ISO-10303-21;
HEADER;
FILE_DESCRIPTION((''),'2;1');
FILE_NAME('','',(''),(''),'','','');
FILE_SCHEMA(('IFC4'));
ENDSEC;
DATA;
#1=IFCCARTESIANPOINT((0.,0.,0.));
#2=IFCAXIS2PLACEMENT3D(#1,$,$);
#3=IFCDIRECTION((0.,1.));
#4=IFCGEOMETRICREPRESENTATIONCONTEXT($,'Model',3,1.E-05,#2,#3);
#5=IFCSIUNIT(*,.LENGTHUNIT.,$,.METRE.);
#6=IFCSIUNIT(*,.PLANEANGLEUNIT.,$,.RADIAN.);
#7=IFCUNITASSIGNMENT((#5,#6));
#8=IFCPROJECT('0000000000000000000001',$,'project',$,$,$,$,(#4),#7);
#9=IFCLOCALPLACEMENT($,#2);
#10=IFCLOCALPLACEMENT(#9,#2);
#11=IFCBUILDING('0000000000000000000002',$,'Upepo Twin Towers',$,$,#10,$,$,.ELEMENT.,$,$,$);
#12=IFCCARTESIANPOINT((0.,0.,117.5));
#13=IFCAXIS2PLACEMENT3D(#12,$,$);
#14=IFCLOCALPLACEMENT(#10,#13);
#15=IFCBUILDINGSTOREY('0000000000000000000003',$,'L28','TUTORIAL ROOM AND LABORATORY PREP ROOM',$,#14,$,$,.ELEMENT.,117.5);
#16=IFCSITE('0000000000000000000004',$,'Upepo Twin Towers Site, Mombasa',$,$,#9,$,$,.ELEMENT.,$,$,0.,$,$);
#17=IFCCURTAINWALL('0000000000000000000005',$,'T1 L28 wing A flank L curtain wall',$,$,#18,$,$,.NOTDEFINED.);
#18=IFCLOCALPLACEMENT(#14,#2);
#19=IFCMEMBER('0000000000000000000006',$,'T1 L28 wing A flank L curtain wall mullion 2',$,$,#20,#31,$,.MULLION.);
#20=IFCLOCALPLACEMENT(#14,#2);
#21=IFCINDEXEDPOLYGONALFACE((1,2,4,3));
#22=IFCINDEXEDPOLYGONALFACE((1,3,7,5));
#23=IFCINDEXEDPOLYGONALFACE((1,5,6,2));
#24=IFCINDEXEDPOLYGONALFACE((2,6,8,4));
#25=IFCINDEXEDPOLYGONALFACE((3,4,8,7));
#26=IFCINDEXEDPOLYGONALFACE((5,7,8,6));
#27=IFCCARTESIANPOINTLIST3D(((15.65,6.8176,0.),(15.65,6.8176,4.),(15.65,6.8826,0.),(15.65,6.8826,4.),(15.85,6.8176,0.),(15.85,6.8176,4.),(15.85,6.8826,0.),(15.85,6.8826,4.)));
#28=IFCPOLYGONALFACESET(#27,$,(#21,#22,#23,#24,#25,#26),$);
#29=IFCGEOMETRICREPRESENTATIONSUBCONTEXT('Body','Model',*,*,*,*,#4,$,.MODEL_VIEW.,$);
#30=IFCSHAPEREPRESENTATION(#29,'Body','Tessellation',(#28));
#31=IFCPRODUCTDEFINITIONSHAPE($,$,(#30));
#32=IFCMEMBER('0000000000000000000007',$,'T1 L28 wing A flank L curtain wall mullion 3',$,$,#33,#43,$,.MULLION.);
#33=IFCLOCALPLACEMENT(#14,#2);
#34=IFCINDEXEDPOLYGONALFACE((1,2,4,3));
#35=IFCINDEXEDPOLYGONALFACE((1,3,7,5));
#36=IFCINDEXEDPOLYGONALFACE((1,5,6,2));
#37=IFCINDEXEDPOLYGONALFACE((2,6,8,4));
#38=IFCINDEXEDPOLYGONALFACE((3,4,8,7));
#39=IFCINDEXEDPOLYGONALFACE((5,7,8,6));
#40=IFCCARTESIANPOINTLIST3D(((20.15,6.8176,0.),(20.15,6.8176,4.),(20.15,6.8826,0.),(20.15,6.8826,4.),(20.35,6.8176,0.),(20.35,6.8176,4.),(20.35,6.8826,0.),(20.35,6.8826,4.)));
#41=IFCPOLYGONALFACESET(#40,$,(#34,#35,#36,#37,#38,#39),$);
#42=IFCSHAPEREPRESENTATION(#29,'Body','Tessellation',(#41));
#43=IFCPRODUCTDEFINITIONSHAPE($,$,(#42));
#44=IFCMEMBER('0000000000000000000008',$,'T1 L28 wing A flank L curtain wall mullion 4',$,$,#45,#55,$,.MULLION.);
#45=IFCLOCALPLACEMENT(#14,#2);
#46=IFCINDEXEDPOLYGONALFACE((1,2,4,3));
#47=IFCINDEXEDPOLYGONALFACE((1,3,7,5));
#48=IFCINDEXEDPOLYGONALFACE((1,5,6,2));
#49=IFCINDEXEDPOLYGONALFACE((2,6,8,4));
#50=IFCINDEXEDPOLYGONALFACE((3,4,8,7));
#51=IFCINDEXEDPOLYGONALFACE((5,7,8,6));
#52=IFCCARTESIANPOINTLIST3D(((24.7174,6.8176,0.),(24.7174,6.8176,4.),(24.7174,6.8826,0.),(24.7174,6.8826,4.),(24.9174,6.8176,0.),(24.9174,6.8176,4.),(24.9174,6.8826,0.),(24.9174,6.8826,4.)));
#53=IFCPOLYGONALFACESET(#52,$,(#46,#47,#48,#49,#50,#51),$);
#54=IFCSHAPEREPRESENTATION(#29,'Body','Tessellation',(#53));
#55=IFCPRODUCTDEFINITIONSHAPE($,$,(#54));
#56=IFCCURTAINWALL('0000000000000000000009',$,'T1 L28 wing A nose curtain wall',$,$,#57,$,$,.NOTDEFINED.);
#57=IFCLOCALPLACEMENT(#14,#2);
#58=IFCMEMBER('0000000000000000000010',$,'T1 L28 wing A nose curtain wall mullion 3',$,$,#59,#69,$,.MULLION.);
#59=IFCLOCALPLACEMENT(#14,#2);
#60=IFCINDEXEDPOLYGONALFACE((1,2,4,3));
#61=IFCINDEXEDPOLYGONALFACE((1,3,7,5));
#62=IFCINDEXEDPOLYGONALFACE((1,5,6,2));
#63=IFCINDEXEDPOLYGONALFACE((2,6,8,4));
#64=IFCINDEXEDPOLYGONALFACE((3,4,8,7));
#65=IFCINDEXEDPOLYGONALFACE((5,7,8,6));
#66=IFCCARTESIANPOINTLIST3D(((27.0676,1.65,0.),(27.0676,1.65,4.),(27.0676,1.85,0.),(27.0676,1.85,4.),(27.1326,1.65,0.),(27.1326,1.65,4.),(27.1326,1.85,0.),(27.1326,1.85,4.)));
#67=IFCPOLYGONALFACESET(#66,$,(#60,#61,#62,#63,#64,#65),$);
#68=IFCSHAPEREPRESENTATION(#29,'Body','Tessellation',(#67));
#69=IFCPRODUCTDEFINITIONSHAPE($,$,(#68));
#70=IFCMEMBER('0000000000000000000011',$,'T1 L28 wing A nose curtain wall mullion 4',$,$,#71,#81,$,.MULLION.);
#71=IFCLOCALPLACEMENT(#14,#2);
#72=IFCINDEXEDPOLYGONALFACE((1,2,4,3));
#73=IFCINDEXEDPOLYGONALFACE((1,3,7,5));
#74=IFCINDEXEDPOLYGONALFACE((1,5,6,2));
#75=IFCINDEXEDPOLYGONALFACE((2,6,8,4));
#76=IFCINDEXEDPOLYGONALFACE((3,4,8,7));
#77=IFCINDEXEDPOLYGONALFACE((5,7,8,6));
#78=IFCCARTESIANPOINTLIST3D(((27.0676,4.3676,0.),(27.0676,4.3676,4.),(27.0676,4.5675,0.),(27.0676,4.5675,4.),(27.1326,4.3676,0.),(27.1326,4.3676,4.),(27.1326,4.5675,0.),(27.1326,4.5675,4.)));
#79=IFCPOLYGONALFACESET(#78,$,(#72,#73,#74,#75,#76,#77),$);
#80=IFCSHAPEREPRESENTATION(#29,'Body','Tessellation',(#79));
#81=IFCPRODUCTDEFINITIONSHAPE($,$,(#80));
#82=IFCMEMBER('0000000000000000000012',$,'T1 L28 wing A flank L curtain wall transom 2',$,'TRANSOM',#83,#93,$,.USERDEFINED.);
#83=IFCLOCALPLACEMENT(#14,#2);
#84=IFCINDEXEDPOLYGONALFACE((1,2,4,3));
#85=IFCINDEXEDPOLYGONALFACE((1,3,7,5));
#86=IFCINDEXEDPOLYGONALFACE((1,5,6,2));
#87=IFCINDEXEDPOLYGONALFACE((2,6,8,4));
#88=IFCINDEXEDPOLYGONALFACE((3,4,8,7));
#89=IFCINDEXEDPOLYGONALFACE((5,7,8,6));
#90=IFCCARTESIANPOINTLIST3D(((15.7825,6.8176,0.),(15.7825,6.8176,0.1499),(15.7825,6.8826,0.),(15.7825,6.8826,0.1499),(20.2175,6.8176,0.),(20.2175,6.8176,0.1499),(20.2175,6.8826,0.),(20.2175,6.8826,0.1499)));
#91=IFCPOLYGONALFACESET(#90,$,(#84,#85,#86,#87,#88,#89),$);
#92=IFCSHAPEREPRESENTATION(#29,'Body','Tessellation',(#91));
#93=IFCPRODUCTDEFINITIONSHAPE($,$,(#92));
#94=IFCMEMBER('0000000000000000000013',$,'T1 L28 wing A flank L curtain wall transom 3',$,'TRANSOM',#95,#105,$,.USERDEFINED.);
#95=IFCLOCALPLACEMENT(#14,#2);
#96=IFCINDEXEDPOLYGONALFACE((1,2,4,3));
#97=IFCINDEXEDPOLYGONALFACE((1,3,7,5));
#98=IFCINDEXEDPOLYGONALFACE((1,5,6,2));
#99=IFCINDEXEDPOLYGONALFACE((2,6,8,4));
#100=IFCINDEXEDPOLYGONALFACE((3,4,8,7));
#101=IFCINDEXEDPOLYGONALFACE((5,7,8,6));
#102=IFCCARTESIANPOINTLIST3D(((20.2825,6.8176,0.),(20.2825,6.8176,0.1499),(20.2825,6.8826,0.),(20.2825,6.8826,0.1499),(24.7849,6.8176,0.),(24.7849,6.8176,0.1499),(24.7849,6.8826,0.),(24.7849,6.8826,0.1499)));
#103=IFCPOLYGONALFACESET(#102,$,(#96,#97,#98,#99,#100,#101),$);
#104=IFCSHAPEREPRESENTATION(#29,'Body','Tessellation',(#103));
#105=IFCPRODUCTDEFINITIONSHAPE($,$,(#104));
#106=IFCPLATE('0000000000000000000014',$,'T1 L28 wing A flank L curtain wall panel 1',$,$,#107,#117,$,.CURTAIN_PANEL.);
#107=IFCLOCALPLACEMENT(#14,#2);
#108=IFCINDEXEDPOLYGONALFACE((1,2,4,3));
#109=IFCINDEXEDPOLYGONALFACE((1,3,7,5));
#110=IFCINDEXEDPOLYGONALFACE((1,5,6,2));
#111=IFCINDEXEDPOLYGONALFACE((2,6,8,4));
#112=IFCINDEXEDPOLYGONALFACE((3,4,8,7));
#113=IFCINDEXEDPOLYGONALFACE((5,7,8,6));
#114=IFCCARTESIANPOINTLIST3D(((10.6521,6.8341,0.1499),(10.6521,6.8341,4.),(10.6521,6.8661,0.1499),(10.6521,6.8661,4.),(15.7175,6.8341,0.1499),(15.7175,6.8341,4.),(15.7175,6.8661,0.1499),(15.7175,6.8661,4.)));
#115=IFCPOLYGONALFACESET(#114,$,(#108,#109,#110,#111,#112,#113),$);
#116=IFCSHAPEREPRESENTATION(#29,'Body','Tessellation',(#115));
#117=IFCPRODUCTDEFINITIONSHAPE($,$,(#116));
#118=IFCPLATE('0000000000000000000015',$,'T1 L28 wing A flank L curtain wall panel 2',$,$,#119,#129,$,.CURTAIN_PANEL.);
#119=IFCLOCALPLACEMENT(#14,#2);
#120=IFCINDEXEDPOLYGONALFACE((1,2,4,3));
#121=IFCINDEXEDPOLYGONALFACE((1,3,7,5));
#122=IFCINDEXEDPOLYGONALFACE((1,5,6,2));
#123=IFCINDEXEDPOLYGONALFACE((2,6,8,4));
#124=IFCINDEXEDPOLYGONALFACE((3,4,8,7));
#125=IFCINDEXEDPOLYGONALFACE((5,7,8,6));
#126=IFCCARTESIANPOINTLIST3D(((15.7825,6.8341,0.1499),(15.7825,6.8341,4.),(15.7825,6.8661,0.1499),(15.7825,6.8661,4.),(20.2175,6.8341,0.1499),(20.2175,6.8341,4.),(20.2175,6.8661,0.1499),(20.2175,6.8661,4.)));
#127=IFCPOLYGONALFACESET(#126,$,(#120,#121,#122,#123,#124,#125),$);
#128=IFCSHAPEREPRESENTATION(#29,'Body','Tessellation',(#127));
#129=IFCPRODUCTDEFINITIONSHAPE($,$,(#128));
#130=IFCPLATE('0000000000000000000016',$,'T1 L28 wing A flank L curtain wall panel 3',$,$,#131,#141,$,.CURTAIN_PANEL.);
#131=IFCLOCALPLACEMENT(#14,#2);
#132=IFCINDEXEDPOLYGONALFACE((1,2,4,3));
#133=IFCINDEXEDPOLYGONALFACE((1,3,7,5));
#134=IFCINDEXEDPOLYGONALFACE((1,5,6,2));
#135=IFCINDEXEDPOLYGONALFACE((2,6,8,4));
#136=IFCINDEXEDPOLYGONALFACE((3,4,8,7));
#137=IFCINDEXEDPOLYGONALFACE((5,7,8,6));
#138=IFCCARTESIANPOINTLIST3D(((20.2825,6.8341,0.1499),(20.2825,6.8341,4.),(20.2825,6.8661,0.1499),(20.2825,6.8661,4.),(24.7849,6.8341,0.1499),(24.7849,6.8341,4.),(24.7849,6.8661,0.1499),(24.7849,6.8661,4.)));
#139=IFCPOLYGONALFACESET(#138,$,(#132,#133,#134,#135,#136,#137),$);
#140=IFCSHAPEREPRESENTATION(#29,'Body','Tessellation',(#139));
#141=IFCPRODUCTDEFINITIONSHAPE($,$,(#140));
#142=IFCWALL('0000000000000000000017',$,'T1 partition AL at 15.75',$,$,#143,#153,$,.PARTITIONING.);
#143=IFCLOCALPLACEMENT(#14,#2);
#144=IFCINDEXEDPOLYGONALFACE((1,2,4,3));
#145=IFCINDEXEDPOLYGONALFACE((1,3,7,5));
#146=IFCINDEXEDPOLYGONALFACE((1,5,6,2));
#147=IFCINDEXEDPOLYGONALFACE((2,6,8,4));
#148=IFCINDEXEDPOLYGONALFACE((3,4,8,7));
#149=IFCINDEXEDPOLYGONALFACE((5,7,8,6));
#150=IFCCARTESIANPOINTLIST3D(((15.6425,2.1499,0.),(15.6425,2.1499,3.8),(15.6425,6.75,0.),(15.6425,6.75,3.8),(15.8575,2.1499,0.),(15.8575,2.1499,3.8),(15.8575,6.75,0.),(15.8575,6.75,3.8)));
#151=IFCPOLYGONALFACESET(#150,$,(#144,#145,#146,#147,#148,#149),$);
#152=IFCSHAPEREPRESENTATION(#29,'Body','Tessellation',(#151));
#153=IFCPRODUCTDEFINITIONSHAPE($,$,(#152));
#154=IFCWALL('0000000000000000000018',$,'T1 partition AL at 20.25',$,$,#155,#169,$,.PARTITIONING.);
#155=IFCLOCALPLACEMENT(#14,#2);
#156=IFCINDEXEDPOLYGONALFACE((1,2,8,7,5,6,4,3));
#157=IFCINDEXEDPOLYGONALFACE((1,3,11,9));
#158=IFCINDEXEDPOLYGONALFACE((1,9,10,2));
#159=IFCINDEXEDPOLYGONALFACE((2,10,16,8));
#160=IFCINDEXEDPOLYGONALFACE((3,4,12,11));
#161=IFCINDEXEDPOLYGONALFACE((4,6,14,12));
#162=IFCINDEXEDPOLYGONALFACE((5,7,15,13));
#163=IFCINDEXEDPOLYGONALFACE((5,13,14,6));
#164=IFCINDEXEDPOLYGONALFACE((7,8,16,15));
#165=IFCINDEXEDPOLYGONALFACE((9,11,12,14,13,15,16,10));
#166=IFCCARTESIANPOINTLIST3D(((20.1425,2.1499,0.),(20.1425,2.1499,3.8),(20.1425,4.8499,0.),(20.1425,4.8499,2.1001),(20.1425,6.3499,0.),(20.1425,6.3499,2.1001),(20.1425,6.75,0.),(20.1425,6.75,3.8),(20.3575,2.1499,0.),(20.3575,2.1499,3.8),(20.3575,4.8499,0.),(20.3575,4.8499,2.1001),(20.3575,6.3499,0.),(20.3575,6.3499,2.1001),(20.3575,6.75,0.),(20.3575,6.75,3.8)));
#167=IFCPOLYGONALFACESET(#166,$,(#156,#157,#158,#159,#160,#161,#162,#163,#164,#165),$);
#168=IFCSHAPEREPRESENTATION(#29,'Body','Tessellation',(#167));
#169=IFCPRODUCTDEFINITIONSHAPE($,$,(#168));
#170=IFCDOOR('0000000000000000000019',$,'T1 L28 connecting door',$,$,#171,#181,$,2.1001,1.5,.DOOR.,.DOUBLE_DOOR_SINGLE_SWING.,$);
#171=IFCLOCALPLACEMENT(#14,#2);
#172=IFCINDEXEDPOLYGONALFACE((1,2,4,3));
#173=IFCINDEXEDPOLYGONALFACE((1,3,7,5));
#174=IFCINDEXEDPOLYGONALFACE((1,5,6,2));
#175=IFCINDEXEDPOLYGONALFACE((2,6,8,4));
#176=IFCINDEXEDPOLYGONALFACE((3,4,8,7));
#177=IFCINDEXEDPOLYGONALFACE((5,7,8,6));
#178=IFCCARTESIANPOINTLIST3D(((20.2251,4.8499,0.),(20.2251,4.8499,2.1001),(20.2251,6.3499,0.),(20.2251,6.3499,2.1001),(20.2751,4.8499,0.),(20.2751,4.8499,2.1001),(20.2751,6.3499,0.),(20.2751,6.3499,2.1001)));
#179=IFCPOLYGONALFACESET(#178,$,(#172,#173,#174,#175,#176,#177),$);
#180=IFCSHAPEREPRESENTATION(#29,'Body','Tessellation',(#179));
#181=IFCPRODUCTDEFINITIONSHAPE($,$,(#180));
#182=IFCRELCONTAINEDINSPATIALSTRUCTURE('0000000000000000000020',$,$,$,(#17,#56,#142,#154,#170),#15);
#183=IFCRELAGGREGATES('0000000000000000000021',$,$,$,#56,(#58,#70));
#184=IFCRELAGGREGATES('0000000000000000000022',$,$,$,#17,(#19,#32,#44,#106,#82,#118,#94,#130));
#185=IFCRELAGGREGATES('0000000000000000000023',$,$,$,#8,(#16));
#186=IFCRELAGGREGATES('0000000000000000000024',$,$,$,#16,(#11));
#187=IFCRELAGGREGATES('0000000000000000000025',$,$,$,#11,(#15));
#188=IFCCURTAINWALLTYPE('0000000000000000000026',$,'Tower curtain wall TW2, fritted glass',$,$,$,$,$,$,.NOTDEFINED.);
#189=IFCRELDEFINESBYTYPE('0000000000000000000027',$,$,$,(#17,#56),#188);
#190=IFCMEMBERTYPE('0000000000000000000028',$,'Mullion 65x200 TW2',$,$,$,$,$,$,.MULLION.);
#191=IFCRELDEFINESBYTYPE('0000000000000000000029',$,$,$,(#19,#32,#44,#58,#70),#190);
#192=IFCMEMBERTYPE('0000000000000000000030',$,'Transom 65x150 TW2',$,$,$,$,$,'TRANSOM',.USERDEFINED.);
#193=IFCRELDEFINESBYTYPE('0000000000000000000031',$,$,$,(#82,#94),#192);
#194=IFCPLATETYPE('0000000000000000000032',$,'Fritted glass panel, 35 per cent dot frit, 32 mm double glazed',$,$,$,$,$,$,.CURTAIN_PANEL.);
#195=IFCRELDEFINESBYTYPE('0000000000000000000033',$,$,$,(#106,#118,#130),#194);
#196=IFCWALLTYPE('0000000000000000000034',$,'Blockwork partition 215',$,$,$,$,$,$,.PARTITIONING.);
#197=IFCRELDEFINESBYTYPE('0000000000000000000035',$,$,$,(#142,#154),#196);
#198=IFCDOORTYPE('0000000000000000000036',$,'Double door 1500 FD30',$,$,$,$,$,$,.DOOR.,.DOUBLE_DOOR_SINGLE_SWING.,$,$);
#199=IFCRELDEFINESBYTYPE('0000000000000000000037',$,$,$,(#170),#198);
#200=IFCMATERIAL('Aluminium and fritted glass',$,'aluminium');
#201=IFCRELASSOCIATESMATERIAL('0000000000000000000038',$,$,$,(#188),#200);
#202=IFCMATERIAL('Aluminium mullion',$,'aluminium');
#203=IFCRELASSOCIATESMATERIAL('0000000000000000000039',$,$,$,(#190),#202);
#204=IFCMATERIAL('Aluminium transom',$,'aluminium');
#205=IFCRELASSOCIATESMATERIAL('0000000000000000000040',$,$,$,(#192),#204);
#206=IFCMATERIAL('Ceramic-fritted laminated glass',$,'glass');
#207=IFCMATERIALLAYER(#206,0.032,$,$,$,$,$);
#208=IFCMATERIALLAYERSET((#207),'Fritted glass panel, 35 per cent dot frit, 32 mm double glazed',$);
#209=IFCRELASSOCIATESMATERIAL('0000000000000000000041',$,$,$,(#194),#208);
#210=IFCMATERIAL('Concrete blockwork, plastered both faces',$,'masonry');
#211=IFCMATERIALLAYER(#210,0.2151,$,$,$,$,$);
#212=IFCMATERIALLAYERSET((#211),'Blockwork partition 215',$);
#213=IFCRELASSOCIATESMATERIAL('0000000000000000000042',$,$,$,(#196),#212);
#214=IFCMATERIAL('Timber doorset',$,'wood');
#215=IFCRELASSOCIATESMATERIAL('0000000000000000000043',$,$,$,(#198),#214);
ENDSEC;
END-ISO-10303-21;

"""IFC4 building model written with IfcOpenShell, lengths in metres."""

from ifc_helpers import new_model, si_unit, direction, frame, frame_2d, origin, origin_2d, place, context, subcontext, project, spatial, rectangle, extrude, material, layer, layer_set, material_profile, profile_set, type_object, element, fill, aggregate, save


model = new_model("IFC4")

# Units and contexts
model_context = context("Model", 3, precision=1e-05, world=origin(), true_north=direction((0.0, 1.0)))
body_context = subcontext(model_context, "Body", "Model", "MODEL_VIEW")
ifc_project = project(units=[si_unit("LENGTHUNIT", "METRE"), si_unit("PLANEANGLEUNIT", "RADIAN")], contexts=[model_context])

# Site, building, storey
site_placement = place(None, origin())
site = spatial("IfcSite", under=ifc_project, at=site_placement, Name="Upepo Twin Towers Site, Mombasa", CompositionType="ELEMENT", RefElevation=0.0)
building_placement = place(site_placement, origin())
building = spatial("IfcBuilding", under=site, at=building_placement, Name="Upepo Twin Towers", CompositionType="ELEMENT")
storey_placement = place(building_placement, frame((0.0, 0.0, 117.5)))
storey = spatial("IfcBuildingStorey", under=building, at=storey_placement, Name="L28", Description="TUTORIAL ROOM AND LABORATORY PREP ROOM", CompositionType="ELEMENT", Elevation=117.5)

# Curtain walls, members
ifc_material_1 = material(Name="Aluminium and fritted glass", Category="aluminium")
curtain_wall_type = type_object("IfcCurtainWallType", Name="Tower curtain wall TW2, fritted glass", PredefinedType="NOTDEFINED", material=ifc_material_1)
curtain_wall_1_placement = place(storey_placement, origin())
curtain_wall_1 = element("IfcCurtainWall", 1, at=curtain_wall_1_placement, inside=storey, type_object=curtain_wall_type, Name="T1 L28 wing A flank L curtain wall", PredefinedType="NOTDEFINED")
ifc_material_2 = material(Name="Aluminium mullion", Category="aluminium")
ifc_material_profile_1 = material_profile(ifc_material_2, rectangle(XDim=0.0649, YDim=0.2, at=origin_2d()), Name="MULLION 65x200")
ifc_profile_set_1 = profile_set([ifc_material_profile_1], Name="Aluminium mullion")
member_type_1 = type_object("IfcMemberType", Name="Mullion 65x200 TW2", PredefinedType="MULLION", material=ifc_profile_set_1)
member_1_placement = place(storey_placement, frame((15.75, 6.8501, 0.0), z_axis=(0.0, 0.0, 1.0), x_axis=(0.0, 1.0, 0.0)))
member_1 = element("IfcMember", 2, at=member_1_placement, type_object=member_type_1, Name="T1 L28 wing A flank L curtain wall mullion 2", PredefinedType="MULLION", context=body_context, shape_type="SweptSolid", body=[
    extrude(rectangle(XDim=0.0649, YDim=0.2, at=origin_2d()), origin(), (0.0, 0.0, 1.0), 4.0),
])
member_2_placement = place(storey_placement, frame((20.25, 6.8501, 0.0), z_axis=(0.0, 0.0, 1.0), x_axis=(0.0, 1.0, 0.0)))
member_2 = element("IfcMember", 3, at=member_2_placement, type_object=member_type_1, Name="T1 L28 wing A flank L curtain wall mullion 3", PredefinedType="MULLION", context=body_context, shape_type="SweptSolid", body=[
    extrude(rectangle(XDim=0.0649, YDim=0.2, at=origin_2d()), origin(), (0.0, 0.0, 1.0), 4.0),
])
member_3_placement = place(storey_placement, frame((24.8174, 6.8501, 0.0), z_axis=(0.0, 0.0, 1.0), x_axis=(0.0, 1.0, 0.0)))
member_3 = element("IfcMember", 4, at=member_3_placement, type_object=member_type_1, Name="T1 L28 wing A flank L curtain wall mullion 4", PredefinedType="MULLION", context=body_context, shape_type="SweptSolid", body=[
    extrude(rectangle(XDim=0.0649, YDim=0.2, at=origin_2d()), origin(), (0.0, 0.0, 1.0), 4.0),
])
curtain_wall_2_placement = place(storey_placement, origin())
curtain_wall_2 = element("IfcCurtainWall", 5, at=curtain_wall_2_placement, inside=storey, type_object=curtain_wall_type, Name="T1 L28 wing A nose curtain wall", PredefinedType="NOTDEFINED")
member_4_placement = place(storey_placement, frame((27.1001, 1.75, 0.0), z_axis=(0.0, 0.0, 1.0), x_axis=(-1.0, 0.0, 0.0)))
member_4 = element("IfcMember", 6, at=member_4_placement, type_object=member_type_1, Name="T1 L28 wing A nose curtain wall mullion 3", PredefinedType="MULLION", context=body_context, shape_type="SweptSolid", body=[
    extrude(rectangle(XDim=0.0649, YDim=0.2, at=origin_2d()), origin(), (0.0, 0.0, 1.0), 4.0),
])
member_5_placement = place(storey_placement, frame((27.1001, 4.4675, 0.0), z_axis=(0.0, 0.0, 1.0), x_axis=(-1.0, 0.0, 0.0)))
member_5 = element("IfcMember", 7, at=member_5_placement, type_object=member_type_1, Name="T1 L28 wing A nose curtain wall mullion 4", PredefinedType="MULLION", context=body_context, shape_type="SweptSolid", body=[
    extrude(rectangle(XDim=0.0649, YDim=0.2, at=origin_2d()), origin(), (0.0, 0.0, 1.0), 4.0),
])
aggregate(curtain_wall_2, [member_4, member_5])

# Members
ifc_material_3 = material(Name="Aluminium transom", Category="aluminium")
ifc_material_profile_2 = material_profile(ifc_material_3, rectangle(XDim=0.0649, YDim=0.1499, at=origin_2d()), Name="TRANSOM 65x150")
ifc_profile_set_2 = profile_set([ifc_material_profile_2], Name="Aluminium transom")
member_type_2 = type_object("IfcMemberType", Name="Transom 65x150 TW2", ElementType="TRANSOM", PredefinedType="USERDEFINED", material=ifc_profile_set_2)
member_6_placement = place(storey_placement, frame((15.7825, 6.8501, 0.075), z_axis=(1.0, 0.0, 0.0), x_axis=(0.0, 1.0, 0.0)))
member_6 = element("IfcMember", 8, at=member_6_placement, type_object=member_type_2, Name="T1 L28 wing A flank L curtain wall transom 2", ObjectType="TRANSOM", PredefinedType="USERDEFINED", context=body_context, shape_type="SweptSolid", body=[
    extrude(rectangle(XDim=0.0649, YDim=0.1499, at=origin_2d()), origin(), (0.0, 0.0, 1.0), 4.4351),
])
member_7_placement = place(storey_placement, frame((20.2825, 6.8501, 0.075), z_axis=(1.0, 0.0, 0.0), x_axis=(0.0, 1.0, 0.0)))
member_7 = element("IfcMember", 9, at=member_7_placement, type_object=member_type_2, Name="T1 L28 wing A flank L curtain wall transom 3", ObjectType="TRANSOM", PredefinedType="USERDEFINED", context=body_context, shape_type="SweptSolid", body=[
    extrude(rectangle(XDim=0.0649, YDim=0.1499, at=origin_2d()), origin(), (0.0, 0.0, 1.0), 4.5024),
])

# Plates
ifc_material_4 = material(Name="Ceramic-fritted laminated glass", Category="glass")
ifc_layer_1 = layer(ifc_material_4, 0.032)
ifc_layer_set_1 = layer_set([ifc_layer_1], Name="Fritted glass panel, 35 per cent dot frit, 32 mm double glazed")
plate_type = type_object("IfcPlateType", Name="Fritted glass panel, 35 per cent dot frit, 32 mm double glazed", PredefinedType="CURTAIN_PANEL", material=ifc_layer_set_1)
plate_1_placement = place(storey_placement, frame((13.1848, 6.8501, 0.1499), z_axis=(0.0, 0.0, 1.0), x_axis=(1.0, 0.0, 0.0)))
plate_1 = element("IfcPlate", 10, at=plate_1_placement, type_object=plate_type, Name="T1 L28 wing A flank L curtain wall panel 1", PredefinedType="CURTAIN_PANEL", context=body_context, shape_type="SweptSolid", body=[
    extrude(rectangle(XDim=5.0654, YDim=0.032, at=origin_2d()), origin(), (0.0, 0.0, 1.0), 3.8501),
])
plate_2_placement = place(storey_placement, frame((18.0, 6.8501, 0.1499), z_axis=(0.0, 0.0, 1.0), x_axis=(1.0, 0.0, 0.0)))
plate_2 = element("IfcPlate", 11, at=plate_2_placement, type_object=plate_type, Name="T1 L28 wing A flank L curtain wall panel 2", PredefinedType="CURTAIN_PANEL", context=body_context, shape_type="SweptSolid", body=[
    extrude(rectangle(XDim=4.4351, YDim=0.032, at=origin_2d()), origin(), (0.0, 0.0, 1.0), 3.8501),
])
plate_3_placement = place(storey_placement, frame((22.5337, 6.8501, 0.1499), z_axis=(0.0, 0.0, 1.0), x_axis=(1.0, 0.0, 0.0)))
plate_3 = element("IfcPlate", 12, at=plate_3_placement, type_object=plate_type, Name="T1 L28 wing A flank L curtain wall panel 3", PredefinedType="CURTAIN_PANEL", context=body_context, shape_type="SweptSolid", body=[
    extrude(rectangle(XDim=4.5024, YDim=0.032, at=origin_2d()), origin(), (0.0, 0.0, 1.0), 3.8501),
])
aggregate(curtain_wall_1, [member_1, member_2, member_3, plate_1, member_6, plate_2, member_7, plate_3])

# Wall
ifc_material_5 = material(Name="Concrete blockwork, plastered both faces", Category="masonry")
ifc_layer_2 = layer(ifc_material_5, 0.2151)
ifc_layer_set_2 = layer_set([ifc_layer_2], Name="Blockwork partition 215")
wall_type_1 = type_object("IfcWallType", Name="Blockwork partition 215", PredefinedType="PARTITIONING", material=ifc_layer_set_2)
wall_1_placement = place(storey_placement, frame((15.75, 2.1499, 0.0), z_axis=(0.0, 0.0, 1.0), x_axis=(0.0, 1.0, 0.0)))
element("IfcWall", 13, at=wall_1_placement, inside=storey, type_object=wall_type_1, Name="T1 partition AL at 15.75", PredefinedType="PARTITIONING", context=body_context, shape_type="SweptSolid", body=[
    extrude(rectangle(XDim=4.6001, YDim=0.2151, at=frame_2d((2.3, 0.0))), origin(), (0.0, 0.0, 1.0), 3.8),
])

# Wall, opening, door
wall_2_placement = place(storey_placement, frame((20.25, 2.1499, 0.0), z_axis=(0.0, 0.0, 1.0), x_axis=(0.0, 1.0, 0.0)))
wall_2 = element("IfcWall", 14, at=wall_2_placement, inside=storey, type_object=wall_type_1, Name="T1 partition AL at 20.25", PredefinedType="PARTITIONING", context=body_context, shape_type="SweptSolid", body=[
    extrude(rectangle(XDim=4.6001, YDim=0.2151, at=frame_2d((2.3, 0.0))), origin(), (0.0, 0.0, 1.0), 3.8),
])
opening_1_placement = place(wall_2_placement, frame((2.7, 0.0, 0.0)))
opening_1 = element("IfcOpeningElement", 15, at=opening_1_placement, cuts=wall_2, PredefinedType="OPENING", context=body_context, shape_type="SweptSolid", body=[
    extrude(rectangle(XDim=1.5, YDim=2.1001, at=frame_2d((0.75, 1.05))), frame((0.0, 0.1174, 0.0), z_axis=(0.0, -1.0, 0.0), x_axis=(1.0, 0.0, 0.0)), (0.0, 0.0, 1.0), 0.2351),
])
ifc_material_6 = material(Name="Timber doorset", Category="wood")
door_type_1 = type_object("IfcDoorType", Name="Double door 1500 FD30", OperationType="DOUBLE_DOOR_SINGLE_SWING", PredefinedType="DOOR", material=ifc_material_6)
door_1_placement = place(opening_1_placement, origin())
door_1 = element("IfcDoor", 16, at=door_1_placement, inside=storey, type_object=door_type_1, Name="T1 L28 connecting door", OperationType="DOUBLE_DOOR_SINGLE_SWING", OverallHeight=2.1001, OverallWidth=1.5, PredefinedType="DOOR", context=body_context, shape_type="SweptSolid", body=[
    extrude(rectangle(XDim=1.5, YDim=2.1001, at=frame_2d((0.75, 1.05))), frame((0.0, 0.0249, 0.0), z_axis=(0.0, -1.0, 0.0), x_axis=(1.0, 0.0, 0.0)), (0.0, 0.0, 1.0), 0.05),
])
fill(opening_1, door_1)

save(model, "model.ifc")
